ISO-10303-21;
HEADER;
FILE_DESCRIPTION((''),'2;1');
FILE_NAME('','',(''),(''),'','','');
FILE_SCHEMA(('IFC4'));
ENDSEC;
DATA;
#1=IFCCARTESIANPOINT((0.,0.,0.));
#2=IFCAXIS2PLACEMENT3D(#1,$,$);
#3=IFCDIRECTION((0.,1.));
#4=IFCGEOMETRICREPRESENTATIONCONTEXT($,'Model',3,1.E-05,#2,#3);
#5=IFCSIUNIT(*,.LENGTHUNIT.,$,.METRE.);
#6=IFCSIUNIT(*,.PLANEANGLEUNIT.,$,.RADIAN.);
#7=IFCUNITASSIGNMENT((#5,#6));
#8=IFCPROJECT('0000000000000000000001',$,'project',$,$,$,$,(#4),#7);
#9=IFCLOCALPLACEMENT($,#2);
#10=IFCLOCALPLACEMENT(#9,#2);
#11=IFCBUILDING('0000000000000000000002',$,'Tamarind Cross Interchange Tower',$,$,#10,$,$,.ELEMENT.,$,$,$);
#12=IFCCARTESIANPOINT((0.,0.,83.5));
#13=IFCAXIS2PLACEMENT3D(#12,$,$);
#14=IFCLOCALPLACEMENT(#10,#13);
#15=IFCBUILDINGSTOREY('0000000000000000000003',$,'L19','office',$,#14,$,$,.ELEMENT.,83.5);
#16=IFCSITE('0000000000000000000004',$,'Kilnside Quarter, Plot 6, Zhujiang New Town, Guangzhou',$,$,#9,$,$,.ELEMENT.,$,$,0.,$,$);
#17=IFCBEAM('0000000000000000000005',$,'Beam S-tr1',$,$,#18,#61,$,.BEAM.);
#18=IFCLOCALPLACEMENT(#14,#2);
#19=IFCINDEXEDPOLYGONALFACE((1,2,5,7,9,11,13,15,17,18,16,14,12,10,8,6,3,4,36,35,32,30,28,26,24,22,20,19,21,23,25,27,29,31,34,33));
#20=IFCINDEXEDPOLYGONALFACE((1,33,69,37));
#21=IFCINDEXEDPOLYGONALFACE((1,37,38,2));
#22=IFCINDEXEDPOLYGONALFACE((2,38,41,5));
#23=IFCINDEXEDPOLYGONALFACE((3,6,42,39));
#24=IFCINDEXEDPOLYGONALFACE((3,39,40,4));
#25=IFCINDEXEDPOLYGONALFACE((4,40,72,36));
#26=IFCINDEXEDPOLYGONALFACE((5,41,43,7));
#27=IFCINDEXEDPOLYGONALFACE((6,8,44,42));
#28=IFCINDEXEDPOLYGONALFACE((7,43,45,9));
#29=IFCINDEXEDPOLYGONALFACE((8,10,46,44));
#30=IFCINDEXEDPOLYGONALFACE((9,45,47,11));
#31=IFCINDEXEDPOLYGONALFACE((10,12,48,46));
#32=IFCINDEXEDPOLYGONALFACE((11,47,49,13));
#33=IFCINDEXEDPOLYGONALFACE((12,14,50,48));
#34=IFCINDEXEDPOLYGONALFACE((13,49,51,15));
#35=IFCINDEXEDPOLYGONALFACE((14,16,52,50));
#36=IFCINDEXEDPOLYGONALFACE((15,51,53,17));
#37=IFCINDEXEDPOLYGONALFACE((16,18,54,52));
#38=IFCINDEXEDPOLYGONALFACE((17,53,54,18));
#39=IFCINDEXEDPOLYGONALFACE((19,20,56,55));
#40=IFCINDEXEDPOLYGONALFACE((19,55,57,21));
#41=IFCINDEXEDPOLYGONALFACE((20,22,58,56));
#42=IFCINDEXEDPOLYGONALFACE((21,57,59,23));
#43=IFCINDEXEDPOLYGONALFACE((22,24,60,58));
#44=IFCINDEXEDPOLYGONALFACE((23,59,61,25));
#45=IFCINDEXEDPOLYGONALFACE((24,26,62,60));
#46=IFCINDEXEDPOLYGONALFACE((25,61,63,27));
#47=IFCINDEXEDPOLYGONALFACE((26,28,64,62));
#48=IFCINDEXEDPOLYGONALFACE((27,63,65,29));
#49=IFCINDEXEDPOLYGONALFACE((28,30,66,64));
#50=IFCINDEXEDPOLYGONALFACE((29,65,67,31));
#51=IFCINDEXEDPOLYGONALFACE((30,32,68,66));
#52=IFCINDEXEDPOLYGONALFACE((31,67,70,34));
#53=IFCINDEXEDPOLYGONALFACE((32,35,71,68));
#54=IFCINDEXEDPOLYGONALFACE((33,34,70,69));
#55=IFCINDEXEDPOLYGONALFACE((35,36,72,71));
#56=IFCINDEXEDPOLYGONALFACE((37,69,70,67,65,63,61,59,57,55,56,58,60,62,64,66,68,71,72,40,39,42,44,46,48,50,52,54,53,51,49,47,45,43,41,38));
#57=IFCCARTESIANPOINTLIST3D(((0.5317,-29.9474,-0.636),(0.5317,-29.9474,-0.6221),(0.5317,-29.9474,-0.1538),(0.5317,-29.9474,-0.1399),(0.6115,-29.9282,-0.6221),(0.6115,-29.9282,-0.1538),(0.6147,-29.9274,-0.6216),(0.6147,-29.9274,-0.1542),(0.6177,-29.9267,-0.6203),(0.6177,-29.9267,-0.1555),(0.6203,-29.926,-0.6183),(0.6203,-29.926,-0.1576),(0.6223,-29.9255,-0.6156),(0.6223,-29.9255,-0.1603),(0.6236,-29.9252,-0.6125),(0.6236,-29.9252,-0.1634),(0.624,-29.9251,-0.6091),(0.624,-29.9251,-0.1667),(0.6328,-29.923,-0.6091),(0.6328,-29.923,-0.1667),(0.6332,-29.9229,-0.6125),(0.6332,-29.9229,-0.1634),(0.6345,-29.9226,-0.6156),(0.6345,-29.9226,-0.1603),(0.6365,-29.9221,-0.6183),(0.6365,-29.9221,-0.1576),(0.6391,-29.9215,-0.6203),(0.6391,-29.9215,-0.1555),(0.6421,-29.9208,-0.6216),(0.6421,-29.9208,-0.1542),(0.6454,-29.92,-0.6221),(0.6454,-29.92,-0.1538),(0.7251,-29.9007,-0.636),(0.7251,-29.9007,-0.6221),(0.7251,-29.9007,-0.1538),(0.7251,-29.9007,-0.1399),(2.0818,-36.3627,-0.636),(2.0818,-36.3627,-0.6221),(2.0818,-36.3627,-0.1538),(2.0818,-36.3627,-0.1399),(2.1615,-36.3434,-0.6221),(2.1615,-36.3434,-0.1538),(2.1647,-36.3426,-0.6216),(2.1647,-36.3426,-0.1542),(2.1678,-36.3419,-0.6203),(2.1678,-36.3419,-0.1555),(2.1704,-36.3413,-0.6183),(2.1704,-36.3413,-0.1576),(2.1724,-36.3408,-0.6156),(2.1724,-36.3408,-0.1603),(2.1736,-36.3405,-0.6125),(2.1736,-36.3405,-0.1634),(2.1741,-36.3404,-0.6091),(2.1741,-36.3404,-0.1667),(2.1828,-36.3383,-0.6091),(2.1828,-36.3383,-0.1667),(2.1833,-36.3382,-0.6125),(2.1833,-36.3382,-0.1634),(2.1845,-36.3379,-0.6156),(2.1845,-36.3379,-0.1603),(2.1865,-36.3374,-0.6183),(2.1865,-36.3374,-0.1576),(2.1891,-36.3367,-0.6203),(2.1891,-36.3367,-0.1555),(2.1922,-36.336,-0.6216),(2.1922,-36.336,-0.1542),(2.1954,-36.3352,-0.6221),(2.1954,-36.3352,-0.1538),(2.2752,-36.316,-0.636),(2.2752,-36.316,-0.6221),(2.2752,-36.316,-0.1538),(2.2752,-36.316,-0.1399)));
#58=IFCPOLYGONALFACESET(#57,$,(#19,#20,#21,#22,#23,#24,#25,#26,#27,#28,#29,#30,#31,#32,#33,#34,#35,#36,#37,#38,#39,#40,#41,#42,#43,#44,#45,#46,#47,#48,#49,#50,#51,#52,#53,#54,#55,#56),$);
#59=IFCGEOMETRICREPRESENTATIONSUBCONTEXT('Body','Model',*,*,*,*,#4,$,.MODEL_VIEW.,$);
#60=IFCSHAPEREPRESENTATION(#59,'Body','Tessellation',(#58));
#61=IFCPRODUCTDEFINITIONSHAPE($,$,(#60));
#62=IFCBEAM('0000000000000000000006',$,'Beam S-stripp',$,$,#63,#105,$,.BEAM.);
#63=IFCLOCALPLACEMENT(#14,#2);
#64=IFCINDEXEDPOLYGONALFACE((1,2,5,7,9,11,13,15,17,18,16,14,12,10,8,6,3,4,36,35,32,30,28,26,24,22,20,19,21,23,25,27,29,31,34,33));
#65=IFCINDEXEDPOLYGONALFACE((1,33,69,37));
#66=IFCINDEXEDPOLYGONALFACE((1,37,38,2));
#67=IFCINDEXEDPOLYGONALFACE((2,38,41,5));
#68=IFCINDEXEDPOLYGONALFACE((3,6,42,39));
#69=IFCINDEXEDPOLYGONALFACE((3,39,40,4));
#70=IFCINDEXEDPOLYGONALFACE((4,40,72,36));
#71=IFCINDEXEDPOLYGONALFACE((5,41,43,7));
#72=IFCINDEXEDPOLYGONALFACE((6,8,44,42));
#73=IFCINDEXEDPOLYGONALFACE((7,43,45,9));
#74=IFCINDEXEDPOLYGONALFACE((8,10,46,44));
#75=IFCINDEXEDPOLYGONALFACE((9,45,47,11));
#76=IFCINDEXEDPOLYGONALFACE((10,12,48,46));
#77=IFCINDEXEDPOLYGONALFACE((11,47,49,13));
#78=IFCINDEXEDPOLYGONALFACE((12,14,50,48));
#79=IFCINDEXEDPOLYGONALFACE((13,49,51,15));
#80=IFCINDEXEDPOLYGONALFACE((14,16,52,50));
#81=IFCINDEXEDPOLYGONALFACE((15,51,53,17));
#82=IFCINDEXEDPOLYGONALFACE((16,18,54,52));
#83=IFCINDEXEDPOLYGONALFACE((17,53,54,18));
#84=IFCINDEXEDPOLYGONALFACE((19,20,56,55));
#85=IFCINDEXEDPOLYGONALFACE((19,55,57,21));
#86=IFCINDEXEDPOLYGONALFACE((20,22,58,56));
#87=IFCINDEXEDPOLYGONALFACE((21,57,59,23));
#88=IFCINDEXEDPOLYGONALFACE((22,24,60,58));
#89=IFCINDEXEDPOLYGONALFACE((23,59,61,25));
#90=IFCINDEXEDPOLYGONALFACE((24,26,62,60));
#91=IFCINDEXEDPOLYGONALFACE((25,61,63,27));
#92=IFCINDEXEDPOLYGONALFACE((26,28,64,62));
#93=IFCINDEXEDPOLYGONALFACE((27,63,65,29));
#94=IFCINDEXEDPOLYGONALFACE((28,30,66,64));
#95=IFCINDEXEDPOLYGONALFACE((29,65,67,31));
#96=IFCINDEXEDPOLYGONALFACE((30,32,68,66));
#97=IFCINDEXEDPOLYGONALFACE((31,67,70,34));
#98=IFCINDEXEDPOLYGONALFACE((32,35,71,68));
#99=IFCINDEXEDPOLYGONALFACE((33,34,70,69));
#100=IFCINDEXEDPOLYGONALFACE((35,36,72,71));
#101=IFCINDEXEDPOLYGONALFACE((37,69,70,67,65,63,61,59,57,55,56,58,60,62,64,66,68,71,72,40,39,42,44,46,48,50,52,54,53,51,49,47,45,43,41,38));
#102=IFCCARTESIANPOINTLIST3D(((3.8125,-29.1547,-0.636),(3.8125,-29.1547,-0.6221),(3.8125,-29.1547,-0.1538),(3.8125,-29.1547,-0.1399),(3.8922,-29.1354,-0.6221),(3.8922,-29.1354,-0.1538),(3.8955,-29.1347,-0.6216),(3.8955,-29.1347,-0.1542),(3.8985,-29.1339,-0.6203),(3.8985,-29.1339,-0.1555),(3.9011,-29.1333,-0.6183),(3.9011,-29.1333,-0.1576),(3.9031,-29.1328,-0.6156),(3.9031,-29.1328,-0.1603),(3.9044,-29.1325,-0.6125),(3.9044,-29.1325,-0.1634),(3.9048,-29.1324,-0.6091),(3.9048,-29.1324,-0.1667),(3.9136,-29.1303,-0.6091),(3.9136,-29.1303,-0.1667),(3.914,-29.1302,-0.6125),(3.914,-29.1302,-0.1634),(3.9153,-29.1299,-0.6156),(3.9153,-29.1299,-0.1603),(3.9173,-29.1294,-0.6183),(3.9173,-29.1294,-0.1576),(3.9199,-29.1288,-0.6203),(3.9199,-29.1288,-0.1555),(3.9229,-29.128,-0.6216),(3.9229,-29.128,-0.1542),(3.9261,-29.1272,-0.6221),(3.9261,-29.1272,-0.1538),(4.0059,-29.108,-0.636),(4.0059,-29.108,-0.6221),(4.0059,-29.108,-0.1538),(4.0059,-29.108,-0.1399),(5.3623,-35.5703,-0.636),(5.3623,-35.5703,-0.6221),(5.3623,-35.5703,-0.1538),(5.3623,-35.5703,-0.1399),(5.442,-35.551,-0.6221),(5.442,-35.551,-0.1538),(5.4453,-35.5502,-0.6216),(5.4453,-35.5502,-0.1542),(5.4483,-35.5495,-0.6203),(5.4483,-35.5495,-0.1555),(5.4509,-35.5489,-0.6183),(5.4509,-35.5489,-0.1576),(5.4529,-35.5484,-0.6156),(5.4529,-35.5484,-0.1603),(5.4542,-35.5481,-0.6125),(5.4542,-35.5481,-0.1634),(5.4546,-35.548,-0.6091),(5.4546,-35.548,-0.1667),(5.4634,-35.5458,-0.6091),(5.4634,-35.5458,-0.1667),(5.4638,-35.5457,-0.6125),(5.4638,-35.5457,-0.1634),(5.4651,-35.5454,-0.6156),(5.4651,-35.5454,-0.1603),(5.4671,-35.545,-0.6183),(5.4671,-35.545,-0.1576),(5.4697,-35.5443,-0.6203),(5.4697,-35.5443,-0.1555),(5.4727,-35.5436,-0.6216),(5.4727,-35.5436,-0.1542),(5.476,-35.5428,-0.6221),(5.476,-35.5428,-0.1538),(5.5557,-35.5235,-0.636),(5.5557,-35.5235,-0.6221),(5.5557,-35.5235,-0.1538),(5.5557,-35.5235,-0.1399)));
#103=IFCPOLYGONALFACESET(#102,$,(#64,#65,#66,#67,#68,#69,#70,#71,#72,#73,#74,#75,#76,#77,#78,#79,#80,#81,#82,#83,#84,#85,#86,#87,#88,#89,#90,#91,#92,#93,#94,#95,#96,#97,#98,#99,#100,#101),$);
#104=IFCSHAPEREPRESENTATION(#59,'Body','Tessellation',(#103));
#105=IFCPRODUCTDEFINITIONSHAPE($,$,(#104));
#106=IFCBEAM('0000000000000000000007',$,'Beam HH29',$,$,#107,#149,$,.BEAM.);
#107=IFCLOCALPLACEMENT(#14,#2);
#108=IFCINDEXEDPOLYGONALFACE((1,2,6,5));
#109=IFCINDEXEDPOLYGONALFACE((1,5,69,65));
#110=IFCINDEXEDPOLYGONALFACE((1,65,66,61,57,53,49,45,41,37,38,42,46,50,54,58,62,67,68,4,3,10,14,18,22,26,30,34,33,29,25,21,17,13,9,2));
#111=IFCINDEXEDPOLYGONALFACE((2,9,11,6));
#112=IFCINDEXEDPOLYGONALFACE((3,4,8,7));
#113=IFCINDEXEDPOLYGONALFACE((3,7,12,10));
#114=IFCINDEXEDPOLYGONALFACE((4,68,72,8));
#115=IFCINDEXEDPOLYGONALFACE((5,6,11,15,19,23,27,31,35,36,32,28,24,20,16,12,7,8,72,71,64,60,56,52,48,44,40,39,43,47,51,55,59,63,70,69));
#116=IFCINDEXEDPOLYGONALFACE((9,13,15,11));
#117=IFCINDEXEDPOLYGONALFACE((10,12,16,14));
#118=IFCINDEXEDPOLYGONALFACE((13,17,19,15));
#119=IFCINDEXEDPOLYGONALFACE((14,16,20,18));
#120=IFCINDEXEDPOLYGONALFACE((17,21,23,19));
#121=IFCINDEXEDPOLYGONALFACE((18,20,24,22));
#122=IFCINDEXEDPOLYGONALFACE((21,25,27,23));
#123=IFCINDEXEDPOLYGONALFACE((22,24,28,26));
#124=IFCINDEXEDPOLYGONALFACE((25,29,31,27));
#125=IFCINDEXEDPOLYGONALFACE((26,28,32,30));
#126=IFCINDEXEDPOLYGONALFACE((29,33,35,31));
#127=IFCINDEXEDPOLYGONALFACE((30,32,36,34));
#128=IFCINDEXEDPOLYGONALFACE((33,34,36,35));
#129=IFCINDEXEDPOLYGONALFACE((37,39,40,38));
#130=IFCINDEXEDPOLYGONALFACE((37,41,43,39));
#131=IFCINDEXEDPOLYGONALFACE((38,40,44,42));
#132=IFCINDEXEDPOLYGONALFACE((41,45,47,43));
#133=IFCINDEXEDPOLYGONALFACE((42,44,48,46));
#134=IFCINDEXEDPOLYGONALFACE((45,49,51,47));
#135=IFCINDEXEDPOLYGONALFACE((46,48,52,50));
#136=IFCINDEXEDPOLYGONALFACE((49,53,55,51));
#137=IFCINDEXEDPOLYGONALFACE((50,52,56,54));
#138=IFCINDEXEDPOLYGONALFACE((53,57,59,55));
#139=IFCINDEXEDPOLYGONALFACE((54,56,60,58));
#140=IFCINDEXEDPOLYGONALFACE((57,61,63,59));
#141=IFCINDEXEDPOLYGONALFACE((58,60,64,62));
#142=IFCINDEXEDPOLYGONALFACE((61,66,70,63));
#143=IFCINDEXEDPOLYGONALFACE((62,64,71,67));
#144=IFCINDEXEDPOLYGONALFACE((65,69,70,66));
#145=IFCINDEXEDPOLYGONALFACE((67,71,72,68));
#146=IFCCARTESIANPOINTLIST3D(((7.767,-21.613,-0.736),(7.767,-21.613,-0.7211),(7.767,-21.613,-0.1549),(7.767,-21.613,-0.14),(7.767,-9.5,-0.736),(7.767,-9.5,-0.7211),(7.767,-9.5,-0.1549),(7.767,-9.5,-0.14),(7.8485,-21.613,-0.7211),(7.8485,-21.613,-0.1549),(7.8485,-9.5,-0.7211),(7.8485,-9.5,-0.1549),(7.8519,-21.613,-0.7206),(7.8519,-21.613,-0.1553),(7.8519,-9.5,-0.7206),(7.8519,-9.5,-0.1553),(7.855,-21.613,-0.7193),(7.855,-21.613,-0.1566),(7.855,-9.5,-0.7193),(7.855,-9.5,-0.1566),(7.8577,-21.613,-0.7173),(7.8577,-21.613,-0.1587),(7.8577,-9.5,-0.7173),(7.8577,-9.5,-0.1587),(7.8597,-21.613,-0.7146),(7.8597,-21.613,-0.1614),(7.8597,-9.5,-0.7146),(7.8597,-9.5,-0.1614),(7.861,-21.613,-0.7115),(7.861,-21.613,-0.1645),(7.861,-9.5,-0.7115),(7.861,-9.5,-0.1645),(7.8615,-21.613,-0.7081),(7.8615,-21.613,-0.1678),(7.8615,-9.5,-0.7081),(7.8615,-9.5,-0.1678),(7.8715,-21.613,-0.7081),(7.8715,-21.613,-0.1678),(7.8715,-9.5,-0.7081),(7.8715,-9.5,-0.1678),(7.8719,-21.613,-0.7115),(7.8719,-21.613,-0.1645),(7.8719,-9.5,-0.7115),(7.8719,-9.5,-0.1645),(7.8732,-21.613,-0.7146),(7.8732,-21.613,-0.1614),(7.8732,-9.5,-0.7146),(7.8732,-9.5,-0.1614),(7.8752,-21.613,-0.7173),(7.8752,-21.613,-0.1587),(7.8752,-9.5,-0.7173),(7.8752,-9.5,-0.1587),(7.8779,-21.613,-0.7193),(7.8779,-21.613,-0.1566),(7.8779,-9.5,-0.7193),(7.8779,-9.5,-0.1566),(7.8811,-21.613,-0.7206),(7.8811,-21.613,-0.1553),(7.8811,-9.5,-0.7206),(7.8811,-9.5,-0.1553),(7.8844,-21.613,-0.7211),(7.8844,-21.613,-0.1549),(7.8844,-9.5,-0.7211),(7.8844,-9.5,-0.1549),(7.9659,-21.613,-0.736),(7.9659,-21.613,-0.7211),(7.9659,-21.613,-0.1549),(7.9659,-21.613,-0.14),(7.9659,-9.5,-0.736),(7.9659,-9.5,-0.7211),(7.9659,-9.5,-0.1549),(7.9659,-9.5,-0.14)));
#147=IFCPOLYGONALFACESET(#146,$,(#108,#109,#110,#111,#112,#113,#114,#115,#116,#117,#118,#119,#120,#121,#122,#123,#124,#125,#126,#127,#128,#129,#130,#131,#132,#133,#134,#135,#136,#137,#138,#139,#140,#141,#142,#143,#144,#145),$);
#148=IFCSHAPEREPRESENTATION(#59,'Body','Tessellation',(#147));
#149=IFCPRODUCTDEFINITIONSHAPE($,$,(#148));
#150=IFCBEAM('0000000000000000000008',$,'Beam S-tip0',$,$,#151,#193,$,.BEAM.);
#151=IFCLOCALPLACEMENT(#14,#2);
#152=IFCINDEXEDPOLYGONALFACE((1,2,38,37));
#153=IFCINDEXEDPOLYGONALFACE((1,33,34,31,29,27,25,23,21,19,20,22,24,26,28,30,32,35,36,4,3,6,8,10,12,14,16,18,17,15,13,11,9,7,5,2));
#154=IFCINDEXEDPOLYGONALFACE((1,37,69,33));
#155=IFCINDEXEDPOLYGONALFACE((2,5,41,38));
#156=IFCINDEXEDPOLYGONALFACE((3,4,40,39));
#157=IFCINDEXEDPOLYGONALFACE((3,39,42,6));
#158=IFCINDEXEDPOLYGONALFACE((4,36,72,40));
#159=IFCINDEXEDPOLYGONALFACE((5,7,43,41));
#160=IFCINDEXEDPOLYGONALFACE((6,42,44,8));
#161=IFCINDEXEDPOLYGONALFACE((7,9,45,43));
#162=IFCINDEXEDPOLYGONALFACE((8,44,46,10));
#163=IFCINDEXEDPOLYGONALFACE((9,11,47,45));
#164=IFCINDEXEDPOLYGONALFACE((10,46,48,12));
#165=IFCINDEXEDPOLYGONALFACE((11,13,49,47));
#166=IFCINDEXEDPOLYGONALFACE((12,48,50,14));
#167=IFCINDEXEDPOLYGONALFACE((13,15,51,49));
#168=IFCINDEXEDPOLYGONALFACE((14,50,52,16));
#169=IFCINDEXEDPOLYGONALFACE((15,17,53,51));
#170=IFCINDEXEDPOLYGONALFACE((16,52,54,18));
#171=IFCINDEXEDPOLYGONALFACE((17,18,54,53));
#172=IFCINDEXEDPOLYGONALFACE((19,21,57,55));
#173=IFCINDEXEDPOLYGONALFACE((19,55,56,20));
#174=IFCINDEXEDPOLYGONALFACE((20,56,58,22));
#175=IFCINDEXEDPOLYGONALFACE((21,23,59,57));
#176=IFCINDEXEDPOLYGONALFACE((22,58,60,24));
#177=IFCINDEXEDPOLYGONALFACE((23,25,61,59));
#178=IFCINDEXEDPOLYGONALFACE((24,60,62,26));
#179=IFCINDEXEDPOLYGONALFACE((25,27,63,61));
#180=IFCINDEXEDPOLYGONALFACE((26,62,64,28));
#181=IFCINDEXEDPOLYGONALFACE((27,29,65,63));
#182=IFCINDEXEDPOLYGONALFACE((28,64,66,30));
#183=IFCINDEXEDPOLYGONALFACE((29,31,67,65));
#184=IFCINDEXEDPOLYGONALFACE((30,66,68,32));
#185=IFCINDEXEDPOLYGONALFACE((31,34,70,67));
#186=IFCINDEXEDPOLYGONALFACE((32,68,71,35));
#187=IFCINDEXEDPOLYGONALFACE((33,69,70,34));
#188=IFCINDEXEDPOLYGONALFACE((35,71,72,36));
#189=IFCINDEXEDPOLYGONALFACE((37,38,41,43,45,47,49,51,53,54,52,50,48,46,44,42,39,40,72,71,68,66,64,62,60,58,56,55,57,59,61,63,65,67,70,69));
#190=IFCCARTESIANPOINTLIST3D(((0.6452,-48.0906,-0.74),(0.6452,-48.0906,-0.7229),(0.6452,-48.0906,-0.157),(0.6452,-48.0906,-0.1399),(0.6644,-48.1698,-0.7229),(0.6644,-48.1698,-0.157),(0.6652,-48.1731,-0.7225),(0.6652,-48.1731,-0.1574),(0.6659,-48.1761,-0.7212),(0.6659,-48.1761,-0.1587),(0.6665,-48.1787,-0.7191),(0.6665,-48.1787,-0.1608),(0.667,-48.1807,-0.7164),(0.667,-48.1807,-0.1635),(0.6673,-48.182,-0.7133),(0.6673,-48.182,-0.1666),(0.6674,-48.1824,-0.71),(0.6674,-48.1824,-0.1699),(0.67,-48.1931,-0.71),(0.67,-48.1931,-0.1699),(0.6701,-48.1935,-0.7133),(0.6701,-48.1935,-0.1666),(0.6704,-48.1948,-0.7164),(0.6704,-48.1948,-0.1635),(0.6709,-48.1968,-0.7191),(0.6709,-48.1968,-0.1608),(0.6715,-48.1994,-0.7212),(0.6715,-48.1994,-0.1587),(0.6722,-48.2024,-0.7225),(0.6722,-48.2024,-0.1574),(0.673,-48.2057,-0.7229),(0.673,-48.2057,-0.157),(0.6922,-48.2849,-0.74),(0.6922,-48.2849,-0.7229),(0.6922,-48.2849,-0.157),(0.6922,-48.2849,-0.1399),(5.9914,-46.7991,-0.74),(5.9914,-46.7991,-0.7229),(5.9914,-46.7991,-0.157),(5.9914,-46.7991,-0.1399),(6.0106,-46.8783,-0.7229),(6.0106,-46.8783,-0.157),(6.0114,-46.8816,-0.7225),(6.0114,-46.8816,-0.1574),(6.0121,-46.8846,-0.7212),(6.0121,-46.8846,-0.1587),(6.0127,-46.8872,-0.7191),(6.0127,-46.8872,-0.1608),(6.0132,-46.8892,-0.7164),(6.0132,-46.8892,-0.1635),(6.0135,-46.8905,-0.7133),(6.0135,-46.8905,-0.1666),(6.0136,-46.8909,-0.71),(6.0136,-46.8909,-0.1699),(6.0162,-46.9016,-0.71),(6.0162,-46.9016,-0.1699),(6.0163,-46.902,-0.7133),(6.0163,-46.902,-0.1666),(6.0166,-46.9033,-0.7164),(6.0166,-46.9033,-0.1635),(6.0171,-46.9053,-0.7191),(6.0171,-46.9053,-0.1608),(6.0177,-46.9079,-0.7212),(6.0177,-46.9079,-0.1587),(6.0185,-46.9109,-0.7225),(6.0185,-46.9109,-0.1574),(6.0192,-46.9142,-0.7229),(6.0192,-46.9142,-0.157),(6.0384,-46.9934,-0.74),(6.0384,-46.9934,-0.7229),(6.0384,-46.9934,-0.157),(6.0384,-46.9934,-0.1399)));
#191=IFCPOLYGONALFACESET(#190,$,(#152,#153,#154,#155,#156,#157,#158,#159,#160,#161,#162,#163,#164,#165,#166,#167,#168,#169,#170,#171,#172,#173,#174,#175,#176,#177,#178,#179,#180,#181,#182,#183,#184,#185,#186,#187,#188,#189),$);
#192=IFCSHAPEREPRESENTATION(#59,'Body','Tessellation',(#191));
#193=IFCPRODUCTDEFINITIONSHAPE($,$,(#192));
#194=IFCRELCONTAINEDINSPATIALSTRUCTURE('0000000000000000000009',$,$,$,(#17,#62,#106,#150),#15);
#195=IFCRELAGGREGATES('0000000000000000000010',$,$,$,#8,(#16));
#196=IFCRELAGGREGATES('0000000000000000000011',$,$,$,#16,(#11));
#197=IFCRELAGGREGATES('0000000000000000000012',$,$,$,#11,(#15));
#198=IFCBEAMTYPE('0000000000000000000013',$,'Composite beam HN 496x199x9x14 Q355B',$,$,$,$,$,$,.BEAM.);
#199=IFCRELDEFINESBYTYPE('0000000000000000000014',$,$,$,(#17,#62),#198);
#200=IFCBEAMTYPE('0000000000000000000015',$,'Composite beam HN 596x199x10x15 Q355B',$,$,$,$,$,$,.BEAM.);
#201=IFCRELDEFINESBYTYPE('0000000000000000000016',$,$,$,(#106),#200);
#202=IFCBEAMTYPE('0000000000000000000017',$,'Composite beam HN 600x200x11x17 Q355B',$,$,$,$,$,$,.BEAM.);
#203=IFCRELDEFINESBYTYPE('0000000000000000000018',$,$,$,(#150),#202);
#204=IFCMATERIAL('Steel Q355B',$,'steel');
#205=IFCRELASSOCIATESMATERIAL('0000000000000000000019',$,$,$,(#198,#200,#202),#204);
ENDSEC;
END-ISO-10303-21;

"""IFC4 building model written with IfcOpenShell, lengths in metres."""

from ifc_helpers import new_model, si_unit, direction, frame, origin, origin_2d, place, context, subcontext, project, spatial, i_section, extrude, material, material_profile, profile_set, type_object, element, save


model = new_model("IFC4")

# Units and contexts
model_context = context("Model", 3, precision=1e-05, world=origin(), true_north=direction((0.0, 1.0)))
body_context = subcontext(model_context, "Body", "Model", "MODEL_VIEW")
ifc_project = project(units=[si_unit("LENGTHUNIT", "METRE"), si_unit("PLANEANGLEUNIT", "RADIAN")], contexts=[model_context])

# Site, building, storey
site_placement = place(None, origin())
site = spatial("IfcSite", under=ifc_project, at=site_placement, Name="Kilnside Quarter, Plot 6, Zhujiang New Town, Guangzhou", CompositionType="ELEMENT", RefElevation=0.0)
building_placement = place(site_placement, origin())
building = spatial("IfcBuilding", under=site, at=building_placement, Name="Tamarind Cross Interchange Tower", CompositionType="ELEMENT")
storey_placement = place(building_placement, frame((0.0, 0.0, 83.5)))
storey = spatial("IfcBuildingStorey", under=building, at=storey_placement, Name="L19", Description="office", CompositionType="ELEMENT", Elevation=83.5)

# Beams
ifc_material_1 = material(Name="Steel Q355B", Category="steel")
ifc_material_profile_1 = material_profile(ifc_material_1, i_section(OverallWidth=0.199, OverallDepth=0.4961, WebThickness=0.009, FlangeThickness=0.0139, FilletRadius=0.0129, at=origin_2d()), Name="HN 496x199x9x14")
ifc_profile_set_1 = profile_set([ifc_material_profile_1], Name="Steel Q355B")
beam_type_1 = type_object("IfcBeamType", Name="Composite beam HN 496x199x9x14 Q355B", PredefinedType="BEAM", material=ifc_profile_set_1)
beam_1_placement = place(storey_placement, frame((0.6284, -29.9241, -0.3879), z_axis=(0.23486, -0.972029, 0.0), x_axis=(0.972029, 0.23486, 0.0)))
element("IfcBeam", 1, at=beam_1_placement, inside=storey, type_object=beam_type_1, Name="Beam S-tr1", PredefinedType="BEAM", context=body_context, shape_type="SweptSolid", body=[
    extrude(i_section(OverallWidth=0.199, OverallDepth=0.4961, WebThickness=0.009, FlangeThickness=0.0139, FilletRadius=0.0129, at=origin_2d()), origin(), (0.0, 0.0, 1.0), 6.5999),
])
beam_2_placement = place(storey_placement, frame((3.9092, -29.1313, -0.3879), z_axis=(0.234817, -0.97204, 0.0), x_axis=(0.97204, 0.234817, 0.0)))
element("IfcBeam", 2, at=beam_2_placement, inside=storey, type_object=beam_type_1, Name="Beam S-stripp", PredefinedType="BEAM", context=body_context, shape_type="SweptSolid", body=[
    extrude(i_section(OverallWidth=0.199, OverallDepth=0.4961, WebThickness=0.009, FlangeThickness=0.0139, FilletRadius=0.0129, at=origin_2d()), origin(), (0.0, 0.0, 1.0), 6.6001),
])
ifc_material_profile_2 = material_profile(ifc_material_1, i_section(OverallWidth=0.199, OverallDepth=0.5959, WebThickness=0.01, FlangeThickness=0.0149, FilletRadius=0.0129, at=origin_2d()), Name="HN 596x199x10x15")
ifc_profile_set_2 = profile_set([ifc_material_profile_2], Name="Steel Q355B")
beam_type_2 = type_object("IfcBeamType", Name="Composite beam HN 596x199x10x15 Q355B", PredefinedType="BEAM", material=ifc_profile_set_2)
beam_3_placement = place(storey_placement, frame((7.8665, -21.613, -0.438), z_axis=(0.0, 1.0, 0.0), x_axis=(-1.0, 0.0, 0.0)))
element("IfcBeam", 3, at=beam_3_placement, inside=storey, type_object=beam_type_2, Name="Beam HH29", PredefinedType="BEAM", context=body_context, shape_type="SweptSolid", body=[
    extrude(i_section(OverallWidth=0.199, OverallDepth=0.5959, WebThickness=0.01, FlangeThickness=0.0149, FilletRadius=0.0129, at=origin_2d()), origin(), (0.0, 0.0, 1.0), 12.113),
])
ifc_material_profile_3 = material_profile(ifc_material_1, i_section(OverallWidth=0.2, OverallDepth=0.6001, WebThickness=0.011, FlangeThickness=0.0171, FilletRadius=0.0129, at=origin_2d()), Name="HN 600x200x11x17")
ifc_profile_set_3 = profile_set([ifc_material_profile_3], Name="Steel Q355B")
beam_type_3 = type_object("IfcBeamType", Name="Composite beam HN 600x200x11x17 Q355B", PredefinedType="BEAM", material=ifc_profile_set_3)
for number, where, z_axis, x_axis, name in (
    (4, (0.6687, -48.1877, -0.4399), (0.972039, 0.23482, 0.0), (-0.23482, 0.972039, 0.0), "Beam S-tip0"),
):
    element("IfcBeam", number, at=place(storey_placement, frame(where, z_axis=z_axis, x_axis=x_axis)), inside=storey, type_object=beam_type_3, Name=name, PredefinedType="BEAM", context=body_context, shape_type="SweptSolid", body=[
        extrude(i_section(OverallWidth=0.2, OverallDepth=0.6001, WebThickness=0.011, FlangeThickness=0.0171, FilletRadius=0.0129, at=origin_2d()), origin(), (0.0, 0.0, 1.0), 5.5),
    ])

save(model, "model.ifc")
